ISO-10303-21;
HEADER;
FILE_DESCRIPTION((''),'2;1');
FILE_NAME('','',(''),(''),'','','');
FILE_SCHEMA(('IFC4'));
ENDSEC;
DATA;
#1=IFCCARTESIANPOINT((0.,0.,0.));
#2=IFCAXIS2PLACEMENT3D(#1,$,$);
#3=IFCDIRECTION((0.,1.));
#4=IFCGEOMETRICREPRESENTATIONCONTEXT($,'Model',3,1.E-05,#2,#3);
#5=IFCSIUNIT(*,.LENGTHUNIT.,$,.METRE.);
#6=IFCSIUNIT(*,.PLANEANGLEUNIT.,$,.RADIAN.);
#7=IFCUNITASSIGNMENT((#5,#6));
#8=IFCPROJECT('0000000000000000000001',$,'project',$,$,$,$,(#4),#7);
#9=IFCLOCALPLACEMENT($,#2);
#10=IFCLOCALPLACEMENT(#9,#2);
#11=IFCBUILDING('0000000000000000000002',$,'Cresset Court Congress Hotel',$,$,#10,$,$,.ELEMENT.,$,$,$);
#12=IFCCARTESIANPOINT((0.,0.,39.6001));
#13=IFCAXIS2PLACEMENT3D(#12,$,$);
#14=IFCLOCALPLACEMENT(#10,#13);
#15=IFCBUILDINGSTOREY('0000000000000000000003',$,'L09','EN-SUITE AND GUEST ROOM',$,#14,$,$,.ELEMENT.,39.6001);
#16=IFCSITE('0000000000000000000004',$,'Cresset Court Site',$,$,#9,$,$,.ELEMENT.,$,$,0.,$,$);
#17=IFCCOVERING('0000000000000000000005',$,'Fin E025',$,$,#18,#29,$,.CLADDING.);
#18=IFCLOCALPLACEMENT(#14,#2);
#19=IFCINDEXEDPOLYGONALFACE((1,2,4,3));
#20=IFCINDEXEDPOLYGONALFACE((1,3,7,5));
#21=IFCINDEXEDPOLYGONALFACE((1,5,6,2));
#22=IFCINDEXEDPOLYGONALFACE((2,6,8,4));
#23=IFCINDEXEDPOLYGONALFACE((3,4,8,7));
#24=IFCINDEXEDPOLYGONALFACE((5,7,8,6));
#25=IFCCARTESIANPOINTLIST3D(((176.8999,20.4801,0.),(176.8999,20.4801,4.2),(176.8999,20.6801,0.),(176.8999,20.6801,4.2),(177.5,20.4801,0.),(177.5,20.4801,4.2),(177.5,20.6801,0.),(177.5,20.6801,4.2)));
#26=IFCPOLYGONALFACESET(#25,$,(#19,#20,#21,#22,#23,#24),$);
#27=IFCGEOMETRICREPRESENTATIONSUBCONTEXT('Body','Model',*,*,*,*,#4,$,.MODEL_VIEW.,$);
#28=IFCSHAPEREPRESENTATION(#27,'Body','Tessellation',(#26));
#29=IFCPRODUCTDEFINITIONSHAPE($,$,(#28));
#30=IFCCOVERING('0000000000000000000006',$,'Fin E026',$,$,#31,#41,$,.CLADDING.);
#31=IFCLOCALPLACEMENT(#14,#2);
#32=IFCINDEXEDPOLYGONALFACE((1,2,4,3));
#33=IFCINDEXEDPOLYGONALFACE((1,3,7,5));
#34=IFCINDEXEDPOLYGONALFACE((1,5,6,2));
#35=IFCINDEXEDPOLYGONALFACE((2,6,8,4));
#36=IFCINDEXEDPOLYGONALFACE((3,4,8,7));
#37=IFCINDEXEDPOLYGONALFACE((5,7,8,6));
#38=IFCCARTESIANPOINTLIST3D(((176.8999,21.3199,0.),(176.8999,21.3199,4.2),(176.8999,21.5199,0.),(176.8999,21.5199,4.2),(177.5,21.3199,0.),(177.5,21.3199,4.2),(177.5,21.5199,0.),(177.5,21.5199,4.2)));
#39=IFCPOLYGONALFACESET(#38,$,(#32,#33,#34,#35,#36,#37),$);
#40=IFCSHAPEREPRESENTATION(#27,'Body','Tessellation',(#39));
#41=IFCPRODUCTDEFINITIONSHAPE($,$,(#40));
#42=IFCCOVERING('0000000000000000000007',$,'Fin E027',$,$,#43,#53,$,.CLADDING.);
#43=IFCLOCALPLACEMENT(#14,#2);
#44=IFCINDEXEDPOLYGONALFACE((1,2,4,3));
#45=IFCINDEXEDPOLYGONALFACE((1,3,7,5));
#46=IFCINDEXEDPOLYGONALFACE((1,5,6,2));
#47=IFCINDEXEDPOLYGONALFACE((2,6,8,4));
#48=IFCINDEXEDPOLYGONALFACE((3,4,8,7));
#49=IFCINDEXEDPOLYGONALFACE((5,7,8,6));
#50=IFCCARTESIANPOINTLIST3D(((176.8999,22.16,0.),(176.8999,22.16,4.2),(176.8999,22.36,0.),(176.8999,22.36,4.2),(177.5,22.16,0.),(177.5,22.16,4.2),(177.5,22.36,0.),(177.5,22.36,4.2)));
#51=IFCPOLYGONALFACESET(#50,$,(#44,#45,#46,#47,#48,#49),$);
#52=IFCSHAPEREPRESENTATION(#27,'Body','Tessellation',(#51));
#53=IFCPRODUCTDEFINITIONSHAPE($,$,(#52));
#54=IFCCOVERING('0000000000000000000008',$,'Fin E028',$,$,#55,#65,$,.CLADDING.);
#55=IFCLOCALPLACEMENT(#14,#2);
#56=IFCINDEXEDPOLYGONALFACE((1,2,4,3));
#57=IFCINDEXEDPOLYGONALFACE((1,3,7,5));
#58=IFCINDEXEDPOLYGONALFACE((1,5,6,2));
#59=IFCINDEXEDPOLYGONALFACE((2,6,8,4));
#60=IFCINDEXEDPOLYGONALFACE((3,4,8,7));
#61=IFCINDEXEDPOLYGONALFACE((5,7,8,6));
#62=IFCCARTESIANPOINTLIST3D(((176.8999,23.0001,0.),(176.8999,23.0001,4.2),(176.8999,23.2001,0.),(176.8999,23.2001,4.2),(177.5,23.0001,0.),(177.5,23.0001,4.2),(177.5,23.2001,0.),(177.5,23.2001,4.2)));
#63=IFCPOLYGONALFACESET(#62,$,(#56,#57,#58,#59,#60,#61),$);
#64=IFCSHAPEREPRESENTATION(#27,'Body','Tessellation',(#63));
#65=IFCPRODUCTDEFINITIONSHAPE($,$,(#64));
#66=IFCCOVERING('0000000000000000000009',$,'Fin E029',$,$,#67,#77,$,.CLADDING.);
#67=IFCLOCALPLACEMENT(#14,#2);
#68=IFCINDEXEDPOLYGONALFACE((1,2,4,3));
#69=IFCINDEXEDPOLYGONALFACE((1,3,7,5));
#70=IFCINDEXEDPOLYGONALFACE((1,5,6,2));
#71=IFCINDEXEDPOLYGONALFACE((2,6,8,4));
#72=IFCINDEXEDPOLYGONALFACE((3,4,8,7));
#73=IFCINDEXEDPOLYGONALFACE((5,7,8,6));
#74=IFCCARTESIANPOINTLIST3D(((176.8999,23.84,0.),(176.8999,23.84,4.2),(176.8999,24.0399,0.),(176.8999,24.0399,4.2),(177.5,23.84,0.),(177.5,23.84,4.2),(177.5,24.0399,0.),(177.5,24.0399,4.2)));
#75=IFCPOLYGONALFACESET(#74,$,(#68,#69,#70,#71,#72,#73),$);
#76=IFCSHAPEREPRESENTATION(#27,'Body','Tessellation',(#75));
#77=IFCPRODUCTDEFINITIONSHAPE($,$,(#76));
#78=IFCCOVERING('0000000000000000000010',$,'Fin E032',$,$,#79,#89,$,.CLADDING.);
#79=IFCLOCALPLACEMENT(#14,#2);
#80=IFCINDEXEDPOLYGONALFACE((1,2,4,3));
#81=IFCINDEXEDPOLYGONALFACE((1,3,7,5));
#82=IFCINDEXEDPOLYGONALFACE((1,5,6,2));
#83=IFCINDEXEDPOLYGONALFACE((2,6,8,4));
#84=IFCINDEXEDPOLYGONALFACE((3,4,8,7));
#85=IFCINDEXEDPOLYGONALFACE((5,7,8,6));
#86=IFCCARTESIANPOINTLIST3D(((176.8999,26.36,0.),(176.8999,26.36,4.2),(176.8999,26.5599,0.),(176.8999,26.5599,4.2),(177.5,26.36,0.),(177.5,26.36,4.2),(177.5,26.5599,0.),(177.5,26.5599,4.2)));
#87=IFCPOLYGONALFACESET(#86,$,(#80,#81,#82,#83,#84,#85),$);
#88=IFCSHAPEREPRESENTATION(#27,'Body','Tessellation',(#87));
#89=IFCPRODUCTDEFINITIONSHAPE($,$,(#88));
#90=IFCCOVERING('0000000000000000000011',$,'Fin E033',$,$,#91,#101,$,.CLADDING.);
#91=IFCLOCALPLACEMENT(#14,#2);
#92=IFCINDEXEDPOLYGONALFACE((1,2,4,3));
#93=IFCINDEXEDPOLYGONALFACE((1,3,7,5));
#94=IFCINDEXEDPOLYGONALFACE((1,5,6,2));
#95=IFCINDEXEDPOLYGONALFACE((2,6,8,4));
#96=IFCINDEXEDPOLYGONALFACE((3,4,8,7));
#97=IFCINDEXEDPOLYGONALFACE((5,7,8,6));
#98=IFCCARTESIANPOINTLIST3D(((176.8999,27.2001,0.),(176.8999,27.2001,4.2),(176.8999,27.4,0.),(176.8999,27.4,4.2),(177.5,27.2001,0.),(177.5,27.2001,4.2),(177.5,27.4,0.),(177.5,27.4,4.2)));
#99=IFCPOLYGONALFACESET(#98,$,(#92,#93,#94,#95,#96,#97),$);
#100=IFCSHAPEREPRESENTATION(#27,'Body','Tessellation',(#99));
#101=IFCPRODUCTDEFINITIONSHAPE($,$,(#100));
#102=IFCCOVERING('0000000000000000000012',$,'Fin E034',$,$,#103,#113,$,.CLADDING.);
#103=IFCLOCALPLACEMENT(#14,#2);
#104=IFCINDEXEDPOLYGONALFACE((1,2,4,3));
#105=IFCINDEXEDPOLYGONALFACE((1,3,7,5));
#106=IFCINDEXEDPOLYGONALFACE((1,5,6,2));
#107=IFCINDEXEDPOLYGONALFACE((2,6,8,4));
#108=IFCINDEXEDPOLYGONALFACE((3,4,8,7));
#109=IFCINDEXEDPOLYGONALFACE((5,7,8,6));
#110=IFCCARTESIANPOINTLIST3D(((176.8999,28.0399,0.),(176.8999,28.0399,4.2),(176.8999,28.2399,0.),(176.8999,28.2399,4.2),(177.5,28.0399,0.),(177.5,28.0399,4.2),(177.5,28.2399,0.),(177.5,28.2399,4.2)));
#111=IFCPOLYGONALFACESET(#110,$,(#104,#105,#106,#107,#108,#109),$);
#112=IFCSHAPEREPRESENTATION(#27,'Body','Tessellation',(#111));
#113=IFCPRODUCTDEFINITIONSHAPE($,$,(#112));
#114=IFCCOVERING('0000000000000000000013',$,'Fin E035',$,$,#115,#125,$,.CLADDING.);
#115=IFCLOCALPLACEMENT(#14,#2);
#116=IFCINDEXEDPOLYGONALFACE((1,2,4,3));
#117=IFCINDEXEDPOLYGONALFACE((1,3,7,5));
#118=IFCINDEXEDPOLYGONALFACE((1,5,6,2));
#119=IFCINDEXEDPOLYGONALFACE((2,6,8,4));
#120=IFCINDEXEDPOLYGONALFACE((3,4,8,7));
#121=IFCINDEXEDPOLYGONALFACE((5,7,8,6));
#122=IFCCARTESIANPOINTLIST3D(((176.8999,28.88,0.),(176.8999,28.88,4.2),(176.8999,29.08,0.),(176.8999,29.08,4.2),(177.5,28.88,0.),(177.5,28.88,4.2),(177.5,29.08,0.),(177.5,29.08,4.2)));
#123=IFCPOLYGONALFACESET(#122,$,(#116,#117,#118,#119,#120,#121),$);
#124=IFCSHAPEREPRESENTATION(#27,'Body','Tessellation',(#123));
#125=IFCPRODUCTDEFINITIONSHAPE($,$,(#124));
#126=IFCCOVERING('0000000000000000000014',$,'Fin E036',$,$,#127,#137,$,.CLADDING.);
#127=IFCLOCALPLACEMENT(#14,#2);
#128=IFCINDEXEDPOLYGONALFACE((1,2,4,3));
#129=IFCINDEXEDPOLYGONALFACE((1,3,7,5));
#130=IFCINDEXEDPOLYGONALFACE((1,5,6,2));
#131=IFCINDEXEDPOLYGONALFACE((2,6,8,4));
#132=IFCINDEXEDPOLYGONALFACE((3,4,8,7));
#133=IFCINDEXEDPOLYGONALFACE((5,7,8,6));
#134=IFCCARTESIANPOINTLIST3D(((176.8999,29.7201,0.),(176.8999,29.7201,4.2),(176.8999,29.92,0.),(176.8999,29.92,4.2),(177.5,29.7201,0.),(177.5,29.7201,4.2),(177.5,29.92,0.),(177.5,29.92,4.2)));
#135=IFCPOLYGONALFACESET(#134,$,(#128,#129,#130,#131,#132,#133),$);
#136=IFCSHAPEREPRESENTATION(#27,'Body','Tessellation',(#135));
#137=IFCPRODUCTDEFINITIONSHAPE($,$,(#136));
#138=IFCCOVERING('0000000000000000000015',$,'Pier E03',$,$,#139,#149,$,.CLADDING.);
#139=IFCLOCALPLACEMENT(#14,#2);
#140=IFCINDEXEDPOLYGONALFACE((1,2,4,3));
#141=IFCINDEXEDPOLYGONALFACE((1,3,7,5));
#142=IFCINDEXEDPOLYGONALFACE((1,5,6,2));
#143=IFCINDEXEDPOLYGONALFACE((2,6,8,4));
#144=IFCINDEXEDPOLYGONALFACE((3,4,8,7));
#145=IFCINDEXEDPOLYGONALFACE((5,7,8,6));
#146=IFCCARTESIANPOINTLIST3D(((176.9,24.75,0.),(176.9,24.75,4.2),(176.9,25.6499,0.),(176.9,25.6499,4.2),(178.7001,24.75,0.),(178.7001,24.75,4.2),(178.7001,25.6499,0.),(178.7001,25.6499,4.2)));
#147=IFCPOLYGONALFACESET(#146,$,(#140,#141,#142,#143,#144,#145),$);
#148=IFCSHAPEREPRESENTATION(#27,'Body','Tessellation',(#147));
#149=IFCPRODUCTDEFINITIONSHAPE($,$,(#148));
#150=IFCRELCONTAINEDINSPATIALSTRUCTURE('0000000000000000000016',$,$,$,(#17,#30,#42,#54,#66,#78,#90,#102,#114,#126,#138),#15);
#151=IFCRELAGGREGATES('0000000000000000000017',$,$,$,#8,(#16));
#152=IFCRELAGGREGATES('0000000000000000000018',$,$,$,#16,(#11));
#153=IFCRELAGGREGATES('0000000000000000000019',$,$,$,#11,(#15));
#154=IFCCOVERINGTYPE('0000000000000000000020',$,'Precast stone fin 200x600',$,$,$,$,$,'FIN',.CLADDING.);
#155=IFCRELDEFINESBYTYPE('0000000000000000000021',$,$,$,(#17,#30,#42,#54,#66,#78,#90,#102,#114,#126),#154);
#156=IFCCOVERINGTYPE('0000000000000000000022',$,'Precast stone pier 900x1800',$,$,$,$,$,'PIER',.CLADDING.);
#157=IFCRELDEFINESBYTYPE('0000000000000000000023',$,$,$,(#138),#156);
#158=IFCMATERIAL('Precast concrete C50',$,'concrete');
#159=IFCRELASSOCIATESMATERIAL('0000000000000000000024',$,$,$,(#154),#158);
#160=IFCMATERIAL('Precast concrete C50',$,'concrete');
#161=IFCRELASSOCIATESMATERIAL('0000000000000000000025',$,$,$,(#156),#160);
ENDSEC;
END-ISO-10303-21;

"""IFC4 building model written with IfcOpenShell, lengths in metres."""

from ifc_helpers import new_model, si_unit, direction, frame, origin, origin_2d, place, context, subcontext, project, spatial, rectangle, extrude, material, type_object, element, save


model = new_model("IFC4")

# Units and contexts
model_context = context("Model", 3, precision=1e-05, world=origin(), true_north=direction((0.0, 1.0)))
body_context = subcontext(model_context, "Body", "Model", "MODEL_VIEW")
ifc_project = project(units=[si_unit("LENGTHUNIT", "METRE"), si_unit("PLANEANGLEUNIT", "RADIAN")], contexts=[model_context])

# Site, building, storey
site_placement = place(None, origin())
site = spatial("IfcSite", under=ifc_project, at=site_placement, Name="Cresset Court Site", CompositionType="ELEMENT", RefElevation=0.0)
building_placement = place(site_placement, origin())
building = spatial("IfcBuilding", under=site, at=building_placement, Name="Cresset Court Congress Hotel", CompositionType="ELEMENT")
storey_placement = place(building_placement, frame((0.0, 0.0, 39.6001)))
storey = spatial("IfcBuildingStorey", under=building, at=storey_placement, Name="L09", Description="EN-SUITE AND GUEST ROOM", CompositionType="ELEMENT", Elevation=39.6001)

# Coverings
ifc_material_1 = material(Name="Precast concrete C50", Category="concrete")
covering_type_1 = type_object("IfcCoveringType", Name="Precast stone fin 200x600", ElementType="FIN", PredefinedType="CLADDING", material=ifc_material_1)
for number, where, z_axis, x_axis, name in (
    (1, (177.2, 20.5801, 0.0), (0.0, 0.0, 1.0), (1.0, 0.0, 0.0), "Fin E025"),
    (2, (177.2, 21.4199, 0.0), (0.0, 0.0, 1.0), (1.0, 0.0, 0.0), "Fin E026"),
    (3, (177.2, 22.26, 0.0), (0.0, 0.0, 1.0), (1.0, 0.0, 0.0), "Fin E027"),
    (4, (177.2, 23.1001, 0.0), (0.0, 0.0, 1.0), (1.0, 0.0, 0.0), "Fin E028"),
    (5, (177.2, 23.9399, 0.0), (0.0, 0.0, 1.0), (1.0, 0.0, 0.0), "Fin E029"),
    (6, (177.2, 26.46, 0.0), (0.0, 0.0, 1.0), (1.0, 0.0, 0.0), "Fin E032"),
    (7, (177.2, 27.3, 0.0), (0.0, 0.0, 1.0), (1.0, 0.0, 0.0), "Fin E033"),
    (8, (177.2, 28.1399, 0.0), (0.0, 0.0, 1.0), (1.0, 0.0, 0.0), "Fin E034"),
    (9, (177.2, 28.98, 0.0), (0.0, 0.0, 1.0), (1.0, 0.0, 0.0), "Fin E035"),
    (10, (177.2, 29.8201, 0.0), (0.0, 0.0, 1.0), (1.0, 0.0, 0.0), "Fin E036"),
):
    element("IfcCovering", number, at=place(storey_placement, frame(where, z_axis=z_axis, x_axis=x_axis)), inside=storey, type_object=covering_type_1, Name=name, PredefinedType="CLADDING", context=body_context, shape_type="SweptSolid", body=[
        extrude(rectangle(XDim=0.6001, YDim=0.2, at=origin_2d()), origin(), (0.0, 0.0, 1.0), 4.2),
    ])
ifc_material_2 = material(Name="Precast concrete C50", Category="concrete")
covering_type_2 = type_object("IfcCoveringType", Name="Precast stone pier 900x1800", ElementType="PIER", PredefinedType="CLADDING", material=ifc_material_2)
covering_placement = place(storey_placement, frame((177.8, 25.2, 0.0), z_axis=(0.0, 0.0, 1.0), x_axis=(1.0, 0.0, 0.0)))
element("IfcCovering", 11, at=covering_placement, inside=storey, type_object=covering_type_2, Name="Pier E03", PredefinedType="CLADDING", context=body_context, shape_type="SweptSolid", body=[
    extrude(rectangle(XDim=1.8, YDim=0.8999, at=origin_2d()), origin(), (0.0, 0.0, 1.0), 4.2),
])

save(model, "model.ifc")
